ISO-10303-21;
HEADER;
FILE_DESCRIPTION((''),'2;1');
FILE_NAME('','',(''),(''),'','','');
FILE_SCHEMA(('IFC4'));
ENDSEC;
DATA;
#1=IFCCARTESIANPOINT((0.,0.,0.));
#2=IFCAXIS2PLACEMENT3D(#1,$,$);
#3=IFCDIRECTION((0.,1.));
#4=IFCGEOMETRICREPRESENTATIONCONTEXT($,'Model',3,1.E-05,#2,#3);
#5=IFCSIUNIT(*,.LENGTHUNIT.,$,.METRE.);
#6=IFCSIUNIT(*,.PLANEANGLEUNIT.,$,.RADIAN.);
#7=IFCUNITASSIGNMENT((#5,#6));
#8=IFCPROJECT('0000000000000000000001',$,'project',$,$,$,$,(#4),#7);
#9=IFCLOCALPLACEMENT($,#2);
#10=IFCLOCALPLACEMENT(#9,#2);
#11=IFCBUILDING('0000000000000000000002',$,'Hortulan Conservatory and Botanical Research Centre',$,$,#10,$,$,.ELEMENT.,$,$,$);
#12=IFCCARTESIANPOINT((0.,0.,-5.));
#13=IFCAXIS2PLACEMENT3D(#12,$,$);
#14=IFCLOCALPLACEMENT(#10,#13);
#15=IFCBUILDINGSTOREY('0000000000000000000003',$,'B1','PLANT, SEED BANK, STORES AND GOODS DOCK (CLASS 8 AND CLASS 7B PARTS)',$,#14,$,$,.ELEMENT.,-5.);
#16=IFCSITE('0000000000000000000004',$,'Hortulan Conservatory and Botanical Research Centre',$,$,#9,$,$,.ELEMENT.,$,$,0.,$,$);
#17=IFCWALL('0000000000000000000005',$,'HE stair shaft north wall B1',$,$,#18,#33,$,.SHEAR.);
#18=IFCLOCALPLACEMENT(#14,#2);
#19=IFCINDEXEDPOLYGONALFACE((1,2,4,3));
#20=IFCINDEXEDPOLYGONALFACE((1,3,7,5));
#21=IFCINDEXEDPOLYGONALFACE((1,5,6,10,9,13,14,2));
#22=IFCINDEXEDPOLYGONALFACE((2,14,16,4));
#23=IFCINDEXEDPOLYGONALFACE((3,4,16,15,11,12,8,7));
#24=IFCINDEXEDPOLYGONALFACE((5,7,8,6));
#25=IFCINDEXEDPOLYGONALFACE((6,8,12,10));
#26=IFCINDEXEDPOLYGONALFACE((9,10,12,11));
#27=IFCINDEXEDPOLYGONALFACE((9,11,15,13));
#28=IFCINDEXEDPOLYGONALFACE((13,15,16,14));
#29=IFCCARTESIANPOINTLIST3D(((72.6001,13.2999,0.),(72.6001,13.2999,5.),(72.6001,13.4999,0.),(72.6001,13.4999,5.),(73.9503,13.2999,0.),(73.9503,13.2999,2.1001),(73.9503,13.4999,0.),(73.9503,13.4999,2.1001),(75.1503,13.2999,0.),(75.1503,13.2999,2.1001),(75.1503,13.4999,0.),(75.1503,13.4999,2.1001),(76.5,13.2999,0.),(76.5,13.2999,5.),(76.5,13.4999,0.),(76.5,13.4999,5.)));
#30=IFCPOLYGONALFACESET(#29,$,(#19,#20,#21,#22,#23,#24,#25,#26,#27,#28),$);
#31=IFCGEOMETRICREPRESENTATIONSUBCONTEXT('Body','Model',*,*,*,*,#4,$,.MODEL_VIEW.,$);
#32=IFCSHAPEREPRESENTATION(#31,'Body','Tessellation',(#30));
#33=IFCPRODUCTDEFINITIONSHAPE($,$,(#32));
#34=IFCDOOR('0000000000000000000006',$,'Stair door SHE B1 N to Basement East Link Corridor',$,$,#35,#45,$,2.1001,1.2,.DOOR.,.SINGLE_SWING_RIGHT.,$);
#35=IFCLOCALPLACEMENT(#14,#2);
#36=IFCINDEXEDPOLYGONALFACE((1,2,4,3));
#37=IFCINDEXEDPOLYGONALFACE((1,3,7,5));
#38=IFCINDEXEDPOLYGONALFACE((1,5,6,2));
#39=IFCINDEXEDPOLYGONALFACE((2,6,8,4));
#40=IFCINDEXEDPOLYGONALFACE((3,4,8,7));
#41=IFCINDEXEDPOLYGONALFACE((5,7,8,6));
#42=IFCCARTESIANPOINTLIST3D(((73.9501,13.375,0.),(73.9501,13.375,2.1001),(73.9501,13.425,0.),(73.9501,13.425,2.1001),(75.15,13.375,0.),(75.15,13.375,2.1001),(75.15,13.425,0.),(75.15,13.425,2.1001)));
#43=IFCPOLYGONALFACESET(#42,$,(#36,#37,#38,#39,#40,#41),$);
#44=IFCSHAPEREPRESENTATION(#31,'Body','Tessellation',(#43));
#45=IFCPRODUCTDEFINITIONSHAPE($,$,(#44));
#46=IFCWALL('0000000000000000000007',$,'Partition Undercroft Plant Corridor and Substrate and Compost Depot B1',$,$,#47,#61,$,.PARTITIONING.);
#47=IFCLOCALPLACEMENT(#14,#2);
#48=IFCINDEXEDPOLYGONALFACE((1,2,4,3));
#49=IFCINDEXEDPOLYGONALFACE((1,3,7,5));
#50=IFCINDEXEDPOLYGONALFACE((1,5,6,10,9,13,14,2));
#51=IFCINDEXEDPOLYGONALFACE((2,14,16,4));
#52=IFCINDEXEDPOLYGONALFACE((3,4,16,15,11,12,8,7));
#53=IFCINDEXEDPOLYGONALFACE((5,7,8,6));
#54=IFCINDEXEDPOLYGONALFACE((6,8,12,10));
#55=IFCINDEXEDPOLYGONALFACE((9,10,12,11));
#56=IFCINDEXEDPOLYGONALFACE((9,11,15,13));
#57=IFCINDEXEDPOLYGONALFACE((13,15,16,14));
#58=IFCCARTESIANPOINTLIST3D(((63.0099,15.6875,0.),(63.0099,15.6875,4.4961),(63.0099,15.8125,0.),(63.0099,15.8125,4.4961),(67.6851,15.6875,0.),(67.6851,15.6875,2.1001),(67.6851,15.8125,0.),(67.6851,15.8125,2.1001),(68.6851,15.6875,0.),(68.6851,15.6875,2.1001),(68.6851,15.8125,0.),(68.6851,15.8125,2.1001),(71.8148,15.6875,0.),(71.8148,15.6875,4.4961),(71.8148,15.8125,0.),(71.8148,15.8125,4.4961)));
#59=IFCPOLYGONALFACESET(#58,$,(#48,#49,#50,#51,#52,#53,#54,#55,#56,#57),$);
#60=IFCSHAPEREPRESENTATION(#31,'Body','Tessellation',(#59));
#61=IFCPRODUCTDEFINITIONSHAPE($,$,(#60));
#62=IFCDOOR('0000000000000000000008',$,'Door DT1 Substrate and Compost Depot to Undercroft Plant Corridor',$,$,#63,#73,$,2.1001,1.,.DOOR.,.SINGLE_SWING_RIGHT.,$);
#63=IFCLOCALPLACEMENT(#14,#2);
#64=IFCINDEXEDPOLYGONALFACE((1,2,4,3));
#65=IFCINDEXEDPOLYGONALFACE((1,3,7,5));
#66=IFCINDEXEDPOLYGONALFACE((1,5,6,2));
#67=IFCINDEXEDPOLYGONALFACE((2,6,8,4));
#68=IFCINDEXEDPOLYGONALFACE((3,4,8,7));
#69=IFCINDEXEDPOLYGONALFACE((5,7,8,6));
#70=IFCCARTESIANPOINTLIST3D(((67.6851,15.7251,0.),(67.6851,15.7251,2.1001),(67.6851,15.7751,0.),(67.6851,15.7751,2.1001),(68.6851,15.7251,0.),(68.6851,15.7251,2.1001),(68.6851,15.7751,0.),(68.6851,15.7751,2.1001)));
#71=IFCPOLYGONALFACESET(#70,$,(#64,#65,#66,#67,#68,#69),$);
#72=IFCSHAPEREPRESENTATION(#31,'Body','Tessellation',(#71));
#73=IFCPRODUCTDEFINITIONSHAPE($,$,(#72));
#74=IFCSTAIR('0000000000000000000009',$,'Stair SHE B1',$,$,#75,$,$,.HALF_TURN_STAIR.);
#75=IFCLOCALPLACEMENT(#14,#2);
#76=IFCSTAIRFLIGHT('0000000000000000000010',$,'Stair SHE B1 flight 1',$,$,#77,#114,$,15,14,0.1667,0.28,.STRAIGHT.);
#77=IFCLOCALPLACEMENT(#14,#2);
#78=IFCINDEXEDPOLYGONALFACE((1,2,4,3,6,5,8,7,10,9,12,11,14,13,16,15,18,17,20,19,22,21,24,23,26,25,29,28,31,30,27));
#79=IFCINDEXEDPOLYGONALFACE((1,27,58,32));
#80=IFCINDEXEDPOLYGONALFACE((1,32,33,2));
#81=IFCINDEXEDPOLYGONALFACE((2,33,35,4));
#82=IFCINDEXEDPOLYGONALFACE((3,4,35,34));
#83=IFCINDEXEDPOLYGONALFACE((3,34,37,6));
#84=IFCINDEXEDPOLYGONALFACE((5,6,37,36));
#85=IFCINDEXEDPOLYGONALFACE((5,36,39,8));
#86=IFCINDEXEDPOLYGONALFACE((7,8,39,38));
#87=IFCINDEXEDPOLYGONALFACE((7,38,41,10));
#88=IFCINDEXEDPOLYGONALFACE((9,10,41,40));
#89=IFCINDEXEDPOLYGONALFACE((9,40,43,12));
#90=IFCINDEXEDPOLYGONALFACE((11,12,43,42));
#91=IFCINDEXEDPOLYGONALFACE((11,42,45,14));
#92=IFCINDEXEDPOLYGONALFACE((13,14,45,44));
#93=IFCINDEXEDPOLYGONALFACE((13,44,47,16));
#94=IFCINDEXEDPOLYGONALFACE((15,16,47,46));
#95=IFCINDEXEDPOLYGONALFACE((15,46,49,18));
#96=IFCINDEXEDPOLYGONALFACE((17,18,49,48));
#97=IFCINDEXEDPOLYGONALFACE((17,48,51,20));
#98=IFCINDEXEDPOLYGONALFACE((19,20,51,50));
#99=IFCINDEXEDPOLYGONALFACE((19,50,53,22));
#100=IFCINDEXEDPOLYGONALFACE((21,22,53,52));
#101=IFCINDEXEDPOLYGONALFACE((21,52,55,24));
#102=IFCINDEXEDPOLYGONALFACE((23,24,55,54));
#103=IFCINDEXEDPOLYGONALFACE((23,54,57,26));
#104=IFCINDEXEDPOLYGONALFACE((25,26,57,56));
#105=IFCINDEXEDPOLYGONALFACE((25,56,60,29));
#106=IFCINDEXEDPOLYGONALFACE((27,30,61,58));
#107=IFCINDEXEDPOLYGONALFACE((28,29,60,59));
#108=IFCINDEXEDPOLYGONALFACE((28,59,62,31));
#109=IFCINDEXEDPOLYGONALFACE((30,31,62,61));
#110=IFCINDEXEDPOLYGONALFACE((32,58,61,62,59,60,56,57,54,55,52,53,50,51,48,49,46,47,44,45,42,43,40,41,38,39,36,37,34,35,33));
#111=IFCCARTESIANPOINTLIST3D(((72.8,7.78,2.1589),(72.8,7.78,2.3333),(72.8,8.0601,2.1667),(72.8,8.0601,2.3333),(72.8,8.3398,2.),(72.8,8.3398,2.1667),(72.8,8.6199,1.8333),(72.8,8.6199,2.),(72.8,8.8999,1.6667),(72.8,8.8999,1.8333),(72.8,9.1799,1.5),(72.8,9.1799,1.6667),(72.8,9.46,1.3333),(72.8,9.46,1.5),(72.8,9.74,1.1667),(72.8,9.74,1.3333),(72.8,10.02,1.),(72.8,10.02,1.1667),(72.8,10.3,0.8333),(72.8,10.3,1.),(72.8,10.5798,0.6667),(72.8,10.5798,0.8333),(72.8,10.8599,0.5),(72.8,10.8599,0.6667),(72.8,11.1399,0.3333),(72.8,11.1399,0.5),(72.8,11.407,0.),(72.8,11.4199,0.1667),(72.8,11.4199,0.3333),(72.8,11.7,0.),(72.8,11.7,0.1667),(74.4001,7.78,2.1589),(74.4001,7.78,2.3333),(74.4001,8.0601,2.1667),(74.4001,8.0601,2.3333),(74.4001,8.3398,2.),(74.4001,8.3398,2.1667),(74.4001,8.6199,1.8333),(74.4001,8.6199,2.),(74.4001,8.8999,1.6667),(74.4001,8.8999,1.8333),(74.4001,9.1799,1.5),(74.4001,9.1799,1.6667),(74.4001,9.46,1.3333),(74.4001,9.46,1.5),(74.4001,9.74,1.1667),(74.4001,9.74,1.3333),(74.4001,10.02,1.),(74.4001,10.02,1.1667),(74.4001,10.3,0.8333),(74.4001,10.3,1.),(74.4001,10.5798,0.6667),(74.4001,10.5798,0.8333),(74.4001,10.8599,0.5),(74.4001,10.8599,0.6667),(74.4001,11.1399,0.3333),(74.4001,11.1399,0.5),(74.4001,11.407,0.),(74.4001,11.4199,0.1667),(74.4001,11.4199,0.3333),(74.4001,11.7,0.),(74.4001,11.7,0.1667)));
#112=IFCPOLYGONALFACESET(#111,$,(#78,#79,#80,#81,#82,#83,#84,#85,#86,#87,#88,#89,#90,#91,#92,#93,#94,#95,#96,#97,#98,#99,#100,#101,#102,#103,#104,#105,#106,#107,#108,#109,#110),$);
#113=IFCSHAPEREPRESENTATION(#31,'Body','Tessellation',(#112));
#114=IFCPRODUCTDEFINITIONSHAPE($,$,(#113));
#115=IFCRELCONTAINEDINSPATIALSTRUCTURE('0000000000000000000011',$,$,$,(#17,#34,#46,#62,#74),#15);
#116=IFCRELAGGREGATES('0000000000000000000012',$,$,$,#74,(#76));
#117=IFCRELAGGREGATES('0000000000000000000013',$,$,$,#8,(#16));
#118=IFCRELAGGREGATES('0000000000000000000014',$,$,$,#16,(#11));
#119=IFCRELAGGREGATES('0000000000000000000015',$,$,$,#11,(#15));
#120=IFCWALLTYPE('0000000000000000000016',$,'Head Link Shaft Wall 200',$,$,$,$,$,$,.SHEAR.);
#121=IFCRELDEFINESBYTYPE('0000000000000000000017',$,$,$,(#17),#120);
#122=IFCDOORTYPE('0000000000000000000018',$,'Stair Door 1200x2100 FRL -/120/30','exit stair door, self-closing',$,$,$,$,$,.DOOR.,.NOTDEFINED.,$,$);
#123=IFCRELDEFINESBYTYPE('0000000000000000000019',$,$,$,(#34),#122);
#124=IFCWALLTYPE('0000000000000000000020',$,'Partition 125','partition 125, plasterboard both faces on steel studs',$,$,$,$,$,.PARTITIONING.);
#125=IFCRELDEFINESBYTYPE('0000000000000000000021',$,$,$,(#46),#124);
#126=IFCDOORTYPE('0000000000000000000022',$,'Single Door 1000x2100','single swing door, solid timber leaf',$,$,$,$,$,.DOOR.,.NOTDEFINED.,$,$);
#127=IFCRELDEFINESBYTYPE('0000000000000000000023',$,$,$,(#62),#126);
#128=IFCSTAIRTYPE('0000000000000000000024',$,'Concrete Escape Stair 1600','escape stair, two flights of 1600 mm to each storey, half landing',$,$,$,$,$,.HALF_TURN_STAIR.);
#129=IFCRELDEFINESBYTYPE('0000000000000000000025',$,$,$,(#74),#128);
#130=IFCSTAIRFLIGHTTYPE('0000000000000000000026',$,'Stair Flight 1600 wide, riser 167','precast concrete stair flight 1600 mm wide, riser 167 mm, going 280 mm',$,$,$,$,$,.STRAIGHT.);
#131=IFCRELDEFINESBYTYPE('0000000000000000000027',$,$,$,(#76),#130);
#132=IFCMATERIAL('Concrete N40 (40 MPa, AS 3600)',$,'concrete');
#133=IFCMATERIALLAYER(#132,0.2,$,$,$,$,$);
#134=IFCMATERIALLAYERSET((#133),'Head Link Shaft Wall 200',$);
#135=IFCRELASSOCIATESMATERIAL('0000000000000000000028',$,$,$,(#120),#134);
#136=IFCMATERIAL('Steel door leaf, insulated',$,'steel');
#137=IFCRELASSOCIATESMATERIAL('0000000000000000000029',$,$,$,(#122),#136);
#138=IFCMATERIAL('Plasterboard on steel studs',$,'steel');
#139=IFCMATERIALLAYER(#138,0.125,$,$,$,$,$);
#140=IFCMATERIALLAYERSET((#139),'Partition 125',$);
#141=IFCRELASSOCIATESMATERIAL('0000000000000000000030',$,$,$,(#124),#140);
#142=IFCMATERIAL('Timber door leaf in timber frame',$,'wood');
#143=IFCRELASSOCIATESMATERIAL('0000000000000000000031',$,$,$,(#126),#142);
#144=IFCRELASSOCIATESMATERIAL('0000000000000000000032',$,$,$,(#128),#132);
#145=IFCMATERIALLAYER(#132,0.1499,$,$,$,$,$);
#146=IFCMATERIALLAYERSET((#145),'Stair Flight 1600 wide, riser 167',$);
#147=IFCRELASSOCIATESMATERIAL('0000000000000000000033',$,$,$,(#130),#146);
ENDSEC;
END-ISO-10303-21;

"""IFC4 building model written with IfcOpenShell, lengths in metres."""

from ifc_helpers import new_model, si_unit, direction, frame, frame_2d, origin, place, context, subcontext, project, spatial, polyline, rectangle, outline, extrude, material, layer, layer_set, type_object, element, fill, aggregate, save


model = new_model("IFC4")

# Units and contexts
model_context = context("Model", 3, precision=1e-05, world=origin(), true_north=direction((0.0, 1.0)))
body_context = subcontext(model_context, "Body", "Model", "MODEL_VIEW")
ifc_project = project(units=[si_unit("LENGTHUNIT", "METRE"), si_unit("PLANEANGLEUNIT", "RADIAN")], contexts=[model_context])

# Site, building, storey
site_placement = place(None, origin())
site = spatial("IfcSite", under=ifc_project, at=site_placement, Name="Hortulan Conservatory and Botanical Research Centre", CompositionType="ELEMENT", RefElevation=0.0)
building_placement = place(site_placement, origin())
building = spatial("IfcBuilding", under=site, at=building_placement, Name="Hortulan Conservatory and Botanical Research Centre", CompositionType="ELEMENT")
storey_placement = place(building_placement, frame((0.0, 0.0, -5.0)))
storey = spatial("IfcBuildingStorey", under=building, at=storey_placement, Name="B1", Description="PLANT, SEED BANK, STORES AND GOODS DOCK (CLASS 8 AND CLASS 7B PARTS)", CompositionType="ELEMENT", Elevation=-5.0)

# Shared definitions
ifc_material_1 = material(Name="Concrete N40 (40 MPa, AS 3600)", Category="concrete")

# Walls, openings, doors
ifc_layer_1 = layer(ifc_material_1, 0.2)
ifc_layer_set_1 = layer_set([ifc_layer_1], Name="Head Link Shaft Wall 200")
wall_type_1 = type_object("IfcWallType", Name="Head Link Shaft Wall 200", PredefinedType="SHEAR", material=ifc_layer_set_1)
wall_1_placement = place(storey_placement, frame((72.6001, 13.3999, 0.0), z_axis=(0.0, 0.0, 1.0), x_axis=(1.0, 0.0, 0.0)))
wall_1 = element("IfcWall", 1, at=wall_1_placement, inside=storey, type_object=wall_type_1, Name="HE stair shaft north wall B1", PredefinedType="SHEAR", context=body_context, shape_type="SweptSolid", body=[
    extrude(rectangle(XDim=3.8999, YDim=0.2, at=frame_2d((1.95, 0.0))), origin(), (0.0, 0.0, 1.0), 5.0),
])
opening_1_placement = place(wall_1_placement, frame((1.3501, 0.0, 0.0)))
opening_1 = element("IfcOpeningElement", 2, at=opening_1_placement, cuts=wall_1, PredefinedType="OPENING", context=body_context, shape_type="SweptSolid", body=[
    extrude(rectangle(XDim=1.2, YDim=2.1001, at=frame_2d((0.6001, 1.05))), frame((0.0, 0.1099, 0.0), z_axis=(0.0, -1.0, 0.0), x_axis=(1.0, 0.0, 0.0)), (0.0, 0.0, 1.0), 0.22),
])
ifc_material_2 = material(Name="Steel door leaf, insulated", Category="steel")
door_type_1 = type_object("IfcDoorType", Name="Stair Door 1200x2100 FRL -/120/30", Description="exit stair door, self-closing", OperationType="NOTDEFINED", PredefinedType="DOOR", material=ifc_material_2)
door_1_placement = place(opening_1_placement, frame((1.2, 0.0, 0.0), z_axis=(0.0, 0.0, 1.0), x_axis=(-1.0, 0.0, 0.0)))
door_1 = element("IfcDoor", 3, at=door_1_placement, inside=storey, type_object=door_type_1, Name="Stair door SHE B1 N to Basement East Link Corridor", OperationType="SINGLE_SWING_RIGHT", OverallHeight=2.1001, OverallWidth=1.2, PredefinedType="DOOR", context=body_context, shape_type="SweptSolid", body=[
    extrude(rectangle(XDim=1.2, YDim=2.1001, at=frame_2d((0.6001, 1.05))), frame((0.0, 0.0249, 0.0), z_axis=(0.0, -1.0, 0.0), x_axis=(1.0, 0.0, 0.0)), (0.0, 0.0, 1.0), 0.05),
])
fill(opening_1, door_1)
ifc_material_3 = material(Name="Plasterboard on steel studs", Category="steel")
ifc_layer_2 = layer(ifc_material_3, 0.125)
ifc_layer_set_2 = layer_set([ifc_layer_2], Name="Partition 125")
wall_type_2 = type_object("IfcWallType", Name="Partition 125", Description="partition 125, plasterboard both faces on steel studs", PredefinedType="PARTITIONING", material=ifc_layer_set_2)
wall_2_placement = place(storey_placement, frame((63.01, 15.75, 0.0), z_axis=(0.0, 0.0, 1.0), x_axis=(1.0, 0.0, 0.0)))
wall_2 = element("IfcWall", 4, at=wall_2_placement, inside=storey, type_object=wall_type_2, Name="Partition Undercroft Plant Corridor and Substrate and Compost Depot B1", PredefinedType="PARTITIONING", context=body_context, shape_type="SweptSolid", body=[
    extrude(rectangle(XDim=8.8049, YDim=0.125, at=frame_2d((4.4023, 0.0))), origin(), (0.0, 0.0, 1.0), 4.4961),
])
opening_2_placement = place(wall_2_placement, frame((4.675, 0.0, 0.0)))
opening_2 = element("IfcOpeningElement", 5, at=opening_2_placement, cuts=wall_2, PredefinedType="OPENING", context=body_context, shape_type="SweptSolid", body=[
    extrude(rectangle(XDim=1.0, YDim=2.1001, at=frame_2d((0.5, 1.05))), frame((0.0, 0.0725, 0.0), z_axis=(0.0, -1.0, 0.0), x_axis=(1.0, 0.0, 0.0)), (0.0, 0.0, 1.0), 0.145),
])
ifc_material_4 = material(Name="Timber door leaf in timber frame", Category="wood")
door_type_2 = type_object("IfcDoorType", Name="Single Door 1000x2100", Description="single swing door, solid timber leaf", OperationType="NOTDEFINED", PredefinedType="DOOR", material=ifc_material_4)
door_2_placement = place(opening_2_placement, frame((1.0, 0.0, 0.0), z_axis=(0.0, 0.0, 1.0), x_axis=(-1.0, 0.0, 0.0)))
door_2 = element("IfcDoor", 6, at=door_2_placement, inside=storey, type_object=door_type_2, Name="Door DT1 Substrate and Compost Depot to Undercroft Plant Corridor", OperationType="SINGLE_SWING_RIGHT", OverallHeight=2.1001, OverallWidth=1.0, PredefinedType="DOOR", context=body_context, shape_type="SweptSolid", body=[
    extrude(rectangle(XDim=1.0, YDim=2.1001, at=frame_2d((0.5, 1.05))), frame((0.0, 0.0249, 0.0), z_axis=(0.0, -1.0, 0.0), x_axis=(1.0, 0.0, 0.0)), (0.0, 0.0, 1.0), 0.05),
])
fill(opening_2, door_2)

# Stair, stair flight
stair_type = type_object("IfcStairType", Name="Concrete Escape Stair 1600", Description="escape stair, two flights of 1600 mm to each storey, half landing", PredefinedType="HALF_TURN_STAIR", material=ifc_material_1)
stair_placement = place(storey_placement, origin())
stair = element("IfcStair", 7, at=stair_placement, inside=storey, type_object=stair_type, Name="Stair SHE B1", PredefinedType="HALF_TURN_STAIR")
ifc_layer_3 = layer(ifc_material_1, 0.1499)
ifc_layer_set_3 = layer_set([ifc_layer_3], Name="Stair Flight 1600 wide, riser 167")
stair_flight_type = type_object("IfcStairFlightType", Name="Stair Flight 1600 wide, riser 167", Description="precast concrete stair flight 1600 mm wide, riser 167 mm, going 280 mm", PredefinedType="STRAIGHT", material=ifc_layer_set_3)
stair_flight_placement = place(storey_placement, frame((73.6001, 11.7, 0.0), z_axis=(0.0, 0.0, 1.0), x_axis=(0.0, -1.0, 0.0)))
stair_flight = element("IfcStairFlight", 8, at=stair_flight_placement, type_object=stair_flight_type, Name="Stair SHE B1 flight 1", NumberOfRisers=15, NumberOfTreads=14, PredefinedType="STRAIGHT", RiserHeight=0.1667, TreadLength=0.28, context=body_context, shape_type="SweptSolid", body=[
    extrude(outline(polyline([(0.0, 0.0), (0.0, 0.1667), (0.28, 0.1667), (0.28, 0.3333), (0.5601, 0.3333), (0.5601, 0.5), (0.8401, 0.5), (0.8401, 0.6667), (1.1201, 0.6667), (1.1201, 0.8333), (1.3999, 0.8333), (1.3999, 1.0), (1.6799, 1.0), (1.6799, 1.1667), (1.96, 1.1667), (1.96, 1.3333), (2.24, 1.3333), (2.24, 1.5), (2.52, 1.5), (2.52, 1.6667), (2.8, 1.6667), (2.8, 1.8333), (3.0801, 1.8333), (3.0801, 2.0), (3.3601, 2.0), (3.3601, 2.1667), (3.6399, 2.1667), (3.6399, 2.3333), (3.9199, 2.3333), (3.9199, 2.5), (3.9199, 2.1589), (0.293, 0.0), (0.0, 0.0)])), frame((0.0, 0.8, 0.0), z_axis=(0.0, -1.0, 0.0), x_axis=(1.0, 0.0, 0.0)), (0.0, 0.0, 1.0), 1.6001),
])
aggregate(stair, [stair_flight])

save(model, "model.ifc")
